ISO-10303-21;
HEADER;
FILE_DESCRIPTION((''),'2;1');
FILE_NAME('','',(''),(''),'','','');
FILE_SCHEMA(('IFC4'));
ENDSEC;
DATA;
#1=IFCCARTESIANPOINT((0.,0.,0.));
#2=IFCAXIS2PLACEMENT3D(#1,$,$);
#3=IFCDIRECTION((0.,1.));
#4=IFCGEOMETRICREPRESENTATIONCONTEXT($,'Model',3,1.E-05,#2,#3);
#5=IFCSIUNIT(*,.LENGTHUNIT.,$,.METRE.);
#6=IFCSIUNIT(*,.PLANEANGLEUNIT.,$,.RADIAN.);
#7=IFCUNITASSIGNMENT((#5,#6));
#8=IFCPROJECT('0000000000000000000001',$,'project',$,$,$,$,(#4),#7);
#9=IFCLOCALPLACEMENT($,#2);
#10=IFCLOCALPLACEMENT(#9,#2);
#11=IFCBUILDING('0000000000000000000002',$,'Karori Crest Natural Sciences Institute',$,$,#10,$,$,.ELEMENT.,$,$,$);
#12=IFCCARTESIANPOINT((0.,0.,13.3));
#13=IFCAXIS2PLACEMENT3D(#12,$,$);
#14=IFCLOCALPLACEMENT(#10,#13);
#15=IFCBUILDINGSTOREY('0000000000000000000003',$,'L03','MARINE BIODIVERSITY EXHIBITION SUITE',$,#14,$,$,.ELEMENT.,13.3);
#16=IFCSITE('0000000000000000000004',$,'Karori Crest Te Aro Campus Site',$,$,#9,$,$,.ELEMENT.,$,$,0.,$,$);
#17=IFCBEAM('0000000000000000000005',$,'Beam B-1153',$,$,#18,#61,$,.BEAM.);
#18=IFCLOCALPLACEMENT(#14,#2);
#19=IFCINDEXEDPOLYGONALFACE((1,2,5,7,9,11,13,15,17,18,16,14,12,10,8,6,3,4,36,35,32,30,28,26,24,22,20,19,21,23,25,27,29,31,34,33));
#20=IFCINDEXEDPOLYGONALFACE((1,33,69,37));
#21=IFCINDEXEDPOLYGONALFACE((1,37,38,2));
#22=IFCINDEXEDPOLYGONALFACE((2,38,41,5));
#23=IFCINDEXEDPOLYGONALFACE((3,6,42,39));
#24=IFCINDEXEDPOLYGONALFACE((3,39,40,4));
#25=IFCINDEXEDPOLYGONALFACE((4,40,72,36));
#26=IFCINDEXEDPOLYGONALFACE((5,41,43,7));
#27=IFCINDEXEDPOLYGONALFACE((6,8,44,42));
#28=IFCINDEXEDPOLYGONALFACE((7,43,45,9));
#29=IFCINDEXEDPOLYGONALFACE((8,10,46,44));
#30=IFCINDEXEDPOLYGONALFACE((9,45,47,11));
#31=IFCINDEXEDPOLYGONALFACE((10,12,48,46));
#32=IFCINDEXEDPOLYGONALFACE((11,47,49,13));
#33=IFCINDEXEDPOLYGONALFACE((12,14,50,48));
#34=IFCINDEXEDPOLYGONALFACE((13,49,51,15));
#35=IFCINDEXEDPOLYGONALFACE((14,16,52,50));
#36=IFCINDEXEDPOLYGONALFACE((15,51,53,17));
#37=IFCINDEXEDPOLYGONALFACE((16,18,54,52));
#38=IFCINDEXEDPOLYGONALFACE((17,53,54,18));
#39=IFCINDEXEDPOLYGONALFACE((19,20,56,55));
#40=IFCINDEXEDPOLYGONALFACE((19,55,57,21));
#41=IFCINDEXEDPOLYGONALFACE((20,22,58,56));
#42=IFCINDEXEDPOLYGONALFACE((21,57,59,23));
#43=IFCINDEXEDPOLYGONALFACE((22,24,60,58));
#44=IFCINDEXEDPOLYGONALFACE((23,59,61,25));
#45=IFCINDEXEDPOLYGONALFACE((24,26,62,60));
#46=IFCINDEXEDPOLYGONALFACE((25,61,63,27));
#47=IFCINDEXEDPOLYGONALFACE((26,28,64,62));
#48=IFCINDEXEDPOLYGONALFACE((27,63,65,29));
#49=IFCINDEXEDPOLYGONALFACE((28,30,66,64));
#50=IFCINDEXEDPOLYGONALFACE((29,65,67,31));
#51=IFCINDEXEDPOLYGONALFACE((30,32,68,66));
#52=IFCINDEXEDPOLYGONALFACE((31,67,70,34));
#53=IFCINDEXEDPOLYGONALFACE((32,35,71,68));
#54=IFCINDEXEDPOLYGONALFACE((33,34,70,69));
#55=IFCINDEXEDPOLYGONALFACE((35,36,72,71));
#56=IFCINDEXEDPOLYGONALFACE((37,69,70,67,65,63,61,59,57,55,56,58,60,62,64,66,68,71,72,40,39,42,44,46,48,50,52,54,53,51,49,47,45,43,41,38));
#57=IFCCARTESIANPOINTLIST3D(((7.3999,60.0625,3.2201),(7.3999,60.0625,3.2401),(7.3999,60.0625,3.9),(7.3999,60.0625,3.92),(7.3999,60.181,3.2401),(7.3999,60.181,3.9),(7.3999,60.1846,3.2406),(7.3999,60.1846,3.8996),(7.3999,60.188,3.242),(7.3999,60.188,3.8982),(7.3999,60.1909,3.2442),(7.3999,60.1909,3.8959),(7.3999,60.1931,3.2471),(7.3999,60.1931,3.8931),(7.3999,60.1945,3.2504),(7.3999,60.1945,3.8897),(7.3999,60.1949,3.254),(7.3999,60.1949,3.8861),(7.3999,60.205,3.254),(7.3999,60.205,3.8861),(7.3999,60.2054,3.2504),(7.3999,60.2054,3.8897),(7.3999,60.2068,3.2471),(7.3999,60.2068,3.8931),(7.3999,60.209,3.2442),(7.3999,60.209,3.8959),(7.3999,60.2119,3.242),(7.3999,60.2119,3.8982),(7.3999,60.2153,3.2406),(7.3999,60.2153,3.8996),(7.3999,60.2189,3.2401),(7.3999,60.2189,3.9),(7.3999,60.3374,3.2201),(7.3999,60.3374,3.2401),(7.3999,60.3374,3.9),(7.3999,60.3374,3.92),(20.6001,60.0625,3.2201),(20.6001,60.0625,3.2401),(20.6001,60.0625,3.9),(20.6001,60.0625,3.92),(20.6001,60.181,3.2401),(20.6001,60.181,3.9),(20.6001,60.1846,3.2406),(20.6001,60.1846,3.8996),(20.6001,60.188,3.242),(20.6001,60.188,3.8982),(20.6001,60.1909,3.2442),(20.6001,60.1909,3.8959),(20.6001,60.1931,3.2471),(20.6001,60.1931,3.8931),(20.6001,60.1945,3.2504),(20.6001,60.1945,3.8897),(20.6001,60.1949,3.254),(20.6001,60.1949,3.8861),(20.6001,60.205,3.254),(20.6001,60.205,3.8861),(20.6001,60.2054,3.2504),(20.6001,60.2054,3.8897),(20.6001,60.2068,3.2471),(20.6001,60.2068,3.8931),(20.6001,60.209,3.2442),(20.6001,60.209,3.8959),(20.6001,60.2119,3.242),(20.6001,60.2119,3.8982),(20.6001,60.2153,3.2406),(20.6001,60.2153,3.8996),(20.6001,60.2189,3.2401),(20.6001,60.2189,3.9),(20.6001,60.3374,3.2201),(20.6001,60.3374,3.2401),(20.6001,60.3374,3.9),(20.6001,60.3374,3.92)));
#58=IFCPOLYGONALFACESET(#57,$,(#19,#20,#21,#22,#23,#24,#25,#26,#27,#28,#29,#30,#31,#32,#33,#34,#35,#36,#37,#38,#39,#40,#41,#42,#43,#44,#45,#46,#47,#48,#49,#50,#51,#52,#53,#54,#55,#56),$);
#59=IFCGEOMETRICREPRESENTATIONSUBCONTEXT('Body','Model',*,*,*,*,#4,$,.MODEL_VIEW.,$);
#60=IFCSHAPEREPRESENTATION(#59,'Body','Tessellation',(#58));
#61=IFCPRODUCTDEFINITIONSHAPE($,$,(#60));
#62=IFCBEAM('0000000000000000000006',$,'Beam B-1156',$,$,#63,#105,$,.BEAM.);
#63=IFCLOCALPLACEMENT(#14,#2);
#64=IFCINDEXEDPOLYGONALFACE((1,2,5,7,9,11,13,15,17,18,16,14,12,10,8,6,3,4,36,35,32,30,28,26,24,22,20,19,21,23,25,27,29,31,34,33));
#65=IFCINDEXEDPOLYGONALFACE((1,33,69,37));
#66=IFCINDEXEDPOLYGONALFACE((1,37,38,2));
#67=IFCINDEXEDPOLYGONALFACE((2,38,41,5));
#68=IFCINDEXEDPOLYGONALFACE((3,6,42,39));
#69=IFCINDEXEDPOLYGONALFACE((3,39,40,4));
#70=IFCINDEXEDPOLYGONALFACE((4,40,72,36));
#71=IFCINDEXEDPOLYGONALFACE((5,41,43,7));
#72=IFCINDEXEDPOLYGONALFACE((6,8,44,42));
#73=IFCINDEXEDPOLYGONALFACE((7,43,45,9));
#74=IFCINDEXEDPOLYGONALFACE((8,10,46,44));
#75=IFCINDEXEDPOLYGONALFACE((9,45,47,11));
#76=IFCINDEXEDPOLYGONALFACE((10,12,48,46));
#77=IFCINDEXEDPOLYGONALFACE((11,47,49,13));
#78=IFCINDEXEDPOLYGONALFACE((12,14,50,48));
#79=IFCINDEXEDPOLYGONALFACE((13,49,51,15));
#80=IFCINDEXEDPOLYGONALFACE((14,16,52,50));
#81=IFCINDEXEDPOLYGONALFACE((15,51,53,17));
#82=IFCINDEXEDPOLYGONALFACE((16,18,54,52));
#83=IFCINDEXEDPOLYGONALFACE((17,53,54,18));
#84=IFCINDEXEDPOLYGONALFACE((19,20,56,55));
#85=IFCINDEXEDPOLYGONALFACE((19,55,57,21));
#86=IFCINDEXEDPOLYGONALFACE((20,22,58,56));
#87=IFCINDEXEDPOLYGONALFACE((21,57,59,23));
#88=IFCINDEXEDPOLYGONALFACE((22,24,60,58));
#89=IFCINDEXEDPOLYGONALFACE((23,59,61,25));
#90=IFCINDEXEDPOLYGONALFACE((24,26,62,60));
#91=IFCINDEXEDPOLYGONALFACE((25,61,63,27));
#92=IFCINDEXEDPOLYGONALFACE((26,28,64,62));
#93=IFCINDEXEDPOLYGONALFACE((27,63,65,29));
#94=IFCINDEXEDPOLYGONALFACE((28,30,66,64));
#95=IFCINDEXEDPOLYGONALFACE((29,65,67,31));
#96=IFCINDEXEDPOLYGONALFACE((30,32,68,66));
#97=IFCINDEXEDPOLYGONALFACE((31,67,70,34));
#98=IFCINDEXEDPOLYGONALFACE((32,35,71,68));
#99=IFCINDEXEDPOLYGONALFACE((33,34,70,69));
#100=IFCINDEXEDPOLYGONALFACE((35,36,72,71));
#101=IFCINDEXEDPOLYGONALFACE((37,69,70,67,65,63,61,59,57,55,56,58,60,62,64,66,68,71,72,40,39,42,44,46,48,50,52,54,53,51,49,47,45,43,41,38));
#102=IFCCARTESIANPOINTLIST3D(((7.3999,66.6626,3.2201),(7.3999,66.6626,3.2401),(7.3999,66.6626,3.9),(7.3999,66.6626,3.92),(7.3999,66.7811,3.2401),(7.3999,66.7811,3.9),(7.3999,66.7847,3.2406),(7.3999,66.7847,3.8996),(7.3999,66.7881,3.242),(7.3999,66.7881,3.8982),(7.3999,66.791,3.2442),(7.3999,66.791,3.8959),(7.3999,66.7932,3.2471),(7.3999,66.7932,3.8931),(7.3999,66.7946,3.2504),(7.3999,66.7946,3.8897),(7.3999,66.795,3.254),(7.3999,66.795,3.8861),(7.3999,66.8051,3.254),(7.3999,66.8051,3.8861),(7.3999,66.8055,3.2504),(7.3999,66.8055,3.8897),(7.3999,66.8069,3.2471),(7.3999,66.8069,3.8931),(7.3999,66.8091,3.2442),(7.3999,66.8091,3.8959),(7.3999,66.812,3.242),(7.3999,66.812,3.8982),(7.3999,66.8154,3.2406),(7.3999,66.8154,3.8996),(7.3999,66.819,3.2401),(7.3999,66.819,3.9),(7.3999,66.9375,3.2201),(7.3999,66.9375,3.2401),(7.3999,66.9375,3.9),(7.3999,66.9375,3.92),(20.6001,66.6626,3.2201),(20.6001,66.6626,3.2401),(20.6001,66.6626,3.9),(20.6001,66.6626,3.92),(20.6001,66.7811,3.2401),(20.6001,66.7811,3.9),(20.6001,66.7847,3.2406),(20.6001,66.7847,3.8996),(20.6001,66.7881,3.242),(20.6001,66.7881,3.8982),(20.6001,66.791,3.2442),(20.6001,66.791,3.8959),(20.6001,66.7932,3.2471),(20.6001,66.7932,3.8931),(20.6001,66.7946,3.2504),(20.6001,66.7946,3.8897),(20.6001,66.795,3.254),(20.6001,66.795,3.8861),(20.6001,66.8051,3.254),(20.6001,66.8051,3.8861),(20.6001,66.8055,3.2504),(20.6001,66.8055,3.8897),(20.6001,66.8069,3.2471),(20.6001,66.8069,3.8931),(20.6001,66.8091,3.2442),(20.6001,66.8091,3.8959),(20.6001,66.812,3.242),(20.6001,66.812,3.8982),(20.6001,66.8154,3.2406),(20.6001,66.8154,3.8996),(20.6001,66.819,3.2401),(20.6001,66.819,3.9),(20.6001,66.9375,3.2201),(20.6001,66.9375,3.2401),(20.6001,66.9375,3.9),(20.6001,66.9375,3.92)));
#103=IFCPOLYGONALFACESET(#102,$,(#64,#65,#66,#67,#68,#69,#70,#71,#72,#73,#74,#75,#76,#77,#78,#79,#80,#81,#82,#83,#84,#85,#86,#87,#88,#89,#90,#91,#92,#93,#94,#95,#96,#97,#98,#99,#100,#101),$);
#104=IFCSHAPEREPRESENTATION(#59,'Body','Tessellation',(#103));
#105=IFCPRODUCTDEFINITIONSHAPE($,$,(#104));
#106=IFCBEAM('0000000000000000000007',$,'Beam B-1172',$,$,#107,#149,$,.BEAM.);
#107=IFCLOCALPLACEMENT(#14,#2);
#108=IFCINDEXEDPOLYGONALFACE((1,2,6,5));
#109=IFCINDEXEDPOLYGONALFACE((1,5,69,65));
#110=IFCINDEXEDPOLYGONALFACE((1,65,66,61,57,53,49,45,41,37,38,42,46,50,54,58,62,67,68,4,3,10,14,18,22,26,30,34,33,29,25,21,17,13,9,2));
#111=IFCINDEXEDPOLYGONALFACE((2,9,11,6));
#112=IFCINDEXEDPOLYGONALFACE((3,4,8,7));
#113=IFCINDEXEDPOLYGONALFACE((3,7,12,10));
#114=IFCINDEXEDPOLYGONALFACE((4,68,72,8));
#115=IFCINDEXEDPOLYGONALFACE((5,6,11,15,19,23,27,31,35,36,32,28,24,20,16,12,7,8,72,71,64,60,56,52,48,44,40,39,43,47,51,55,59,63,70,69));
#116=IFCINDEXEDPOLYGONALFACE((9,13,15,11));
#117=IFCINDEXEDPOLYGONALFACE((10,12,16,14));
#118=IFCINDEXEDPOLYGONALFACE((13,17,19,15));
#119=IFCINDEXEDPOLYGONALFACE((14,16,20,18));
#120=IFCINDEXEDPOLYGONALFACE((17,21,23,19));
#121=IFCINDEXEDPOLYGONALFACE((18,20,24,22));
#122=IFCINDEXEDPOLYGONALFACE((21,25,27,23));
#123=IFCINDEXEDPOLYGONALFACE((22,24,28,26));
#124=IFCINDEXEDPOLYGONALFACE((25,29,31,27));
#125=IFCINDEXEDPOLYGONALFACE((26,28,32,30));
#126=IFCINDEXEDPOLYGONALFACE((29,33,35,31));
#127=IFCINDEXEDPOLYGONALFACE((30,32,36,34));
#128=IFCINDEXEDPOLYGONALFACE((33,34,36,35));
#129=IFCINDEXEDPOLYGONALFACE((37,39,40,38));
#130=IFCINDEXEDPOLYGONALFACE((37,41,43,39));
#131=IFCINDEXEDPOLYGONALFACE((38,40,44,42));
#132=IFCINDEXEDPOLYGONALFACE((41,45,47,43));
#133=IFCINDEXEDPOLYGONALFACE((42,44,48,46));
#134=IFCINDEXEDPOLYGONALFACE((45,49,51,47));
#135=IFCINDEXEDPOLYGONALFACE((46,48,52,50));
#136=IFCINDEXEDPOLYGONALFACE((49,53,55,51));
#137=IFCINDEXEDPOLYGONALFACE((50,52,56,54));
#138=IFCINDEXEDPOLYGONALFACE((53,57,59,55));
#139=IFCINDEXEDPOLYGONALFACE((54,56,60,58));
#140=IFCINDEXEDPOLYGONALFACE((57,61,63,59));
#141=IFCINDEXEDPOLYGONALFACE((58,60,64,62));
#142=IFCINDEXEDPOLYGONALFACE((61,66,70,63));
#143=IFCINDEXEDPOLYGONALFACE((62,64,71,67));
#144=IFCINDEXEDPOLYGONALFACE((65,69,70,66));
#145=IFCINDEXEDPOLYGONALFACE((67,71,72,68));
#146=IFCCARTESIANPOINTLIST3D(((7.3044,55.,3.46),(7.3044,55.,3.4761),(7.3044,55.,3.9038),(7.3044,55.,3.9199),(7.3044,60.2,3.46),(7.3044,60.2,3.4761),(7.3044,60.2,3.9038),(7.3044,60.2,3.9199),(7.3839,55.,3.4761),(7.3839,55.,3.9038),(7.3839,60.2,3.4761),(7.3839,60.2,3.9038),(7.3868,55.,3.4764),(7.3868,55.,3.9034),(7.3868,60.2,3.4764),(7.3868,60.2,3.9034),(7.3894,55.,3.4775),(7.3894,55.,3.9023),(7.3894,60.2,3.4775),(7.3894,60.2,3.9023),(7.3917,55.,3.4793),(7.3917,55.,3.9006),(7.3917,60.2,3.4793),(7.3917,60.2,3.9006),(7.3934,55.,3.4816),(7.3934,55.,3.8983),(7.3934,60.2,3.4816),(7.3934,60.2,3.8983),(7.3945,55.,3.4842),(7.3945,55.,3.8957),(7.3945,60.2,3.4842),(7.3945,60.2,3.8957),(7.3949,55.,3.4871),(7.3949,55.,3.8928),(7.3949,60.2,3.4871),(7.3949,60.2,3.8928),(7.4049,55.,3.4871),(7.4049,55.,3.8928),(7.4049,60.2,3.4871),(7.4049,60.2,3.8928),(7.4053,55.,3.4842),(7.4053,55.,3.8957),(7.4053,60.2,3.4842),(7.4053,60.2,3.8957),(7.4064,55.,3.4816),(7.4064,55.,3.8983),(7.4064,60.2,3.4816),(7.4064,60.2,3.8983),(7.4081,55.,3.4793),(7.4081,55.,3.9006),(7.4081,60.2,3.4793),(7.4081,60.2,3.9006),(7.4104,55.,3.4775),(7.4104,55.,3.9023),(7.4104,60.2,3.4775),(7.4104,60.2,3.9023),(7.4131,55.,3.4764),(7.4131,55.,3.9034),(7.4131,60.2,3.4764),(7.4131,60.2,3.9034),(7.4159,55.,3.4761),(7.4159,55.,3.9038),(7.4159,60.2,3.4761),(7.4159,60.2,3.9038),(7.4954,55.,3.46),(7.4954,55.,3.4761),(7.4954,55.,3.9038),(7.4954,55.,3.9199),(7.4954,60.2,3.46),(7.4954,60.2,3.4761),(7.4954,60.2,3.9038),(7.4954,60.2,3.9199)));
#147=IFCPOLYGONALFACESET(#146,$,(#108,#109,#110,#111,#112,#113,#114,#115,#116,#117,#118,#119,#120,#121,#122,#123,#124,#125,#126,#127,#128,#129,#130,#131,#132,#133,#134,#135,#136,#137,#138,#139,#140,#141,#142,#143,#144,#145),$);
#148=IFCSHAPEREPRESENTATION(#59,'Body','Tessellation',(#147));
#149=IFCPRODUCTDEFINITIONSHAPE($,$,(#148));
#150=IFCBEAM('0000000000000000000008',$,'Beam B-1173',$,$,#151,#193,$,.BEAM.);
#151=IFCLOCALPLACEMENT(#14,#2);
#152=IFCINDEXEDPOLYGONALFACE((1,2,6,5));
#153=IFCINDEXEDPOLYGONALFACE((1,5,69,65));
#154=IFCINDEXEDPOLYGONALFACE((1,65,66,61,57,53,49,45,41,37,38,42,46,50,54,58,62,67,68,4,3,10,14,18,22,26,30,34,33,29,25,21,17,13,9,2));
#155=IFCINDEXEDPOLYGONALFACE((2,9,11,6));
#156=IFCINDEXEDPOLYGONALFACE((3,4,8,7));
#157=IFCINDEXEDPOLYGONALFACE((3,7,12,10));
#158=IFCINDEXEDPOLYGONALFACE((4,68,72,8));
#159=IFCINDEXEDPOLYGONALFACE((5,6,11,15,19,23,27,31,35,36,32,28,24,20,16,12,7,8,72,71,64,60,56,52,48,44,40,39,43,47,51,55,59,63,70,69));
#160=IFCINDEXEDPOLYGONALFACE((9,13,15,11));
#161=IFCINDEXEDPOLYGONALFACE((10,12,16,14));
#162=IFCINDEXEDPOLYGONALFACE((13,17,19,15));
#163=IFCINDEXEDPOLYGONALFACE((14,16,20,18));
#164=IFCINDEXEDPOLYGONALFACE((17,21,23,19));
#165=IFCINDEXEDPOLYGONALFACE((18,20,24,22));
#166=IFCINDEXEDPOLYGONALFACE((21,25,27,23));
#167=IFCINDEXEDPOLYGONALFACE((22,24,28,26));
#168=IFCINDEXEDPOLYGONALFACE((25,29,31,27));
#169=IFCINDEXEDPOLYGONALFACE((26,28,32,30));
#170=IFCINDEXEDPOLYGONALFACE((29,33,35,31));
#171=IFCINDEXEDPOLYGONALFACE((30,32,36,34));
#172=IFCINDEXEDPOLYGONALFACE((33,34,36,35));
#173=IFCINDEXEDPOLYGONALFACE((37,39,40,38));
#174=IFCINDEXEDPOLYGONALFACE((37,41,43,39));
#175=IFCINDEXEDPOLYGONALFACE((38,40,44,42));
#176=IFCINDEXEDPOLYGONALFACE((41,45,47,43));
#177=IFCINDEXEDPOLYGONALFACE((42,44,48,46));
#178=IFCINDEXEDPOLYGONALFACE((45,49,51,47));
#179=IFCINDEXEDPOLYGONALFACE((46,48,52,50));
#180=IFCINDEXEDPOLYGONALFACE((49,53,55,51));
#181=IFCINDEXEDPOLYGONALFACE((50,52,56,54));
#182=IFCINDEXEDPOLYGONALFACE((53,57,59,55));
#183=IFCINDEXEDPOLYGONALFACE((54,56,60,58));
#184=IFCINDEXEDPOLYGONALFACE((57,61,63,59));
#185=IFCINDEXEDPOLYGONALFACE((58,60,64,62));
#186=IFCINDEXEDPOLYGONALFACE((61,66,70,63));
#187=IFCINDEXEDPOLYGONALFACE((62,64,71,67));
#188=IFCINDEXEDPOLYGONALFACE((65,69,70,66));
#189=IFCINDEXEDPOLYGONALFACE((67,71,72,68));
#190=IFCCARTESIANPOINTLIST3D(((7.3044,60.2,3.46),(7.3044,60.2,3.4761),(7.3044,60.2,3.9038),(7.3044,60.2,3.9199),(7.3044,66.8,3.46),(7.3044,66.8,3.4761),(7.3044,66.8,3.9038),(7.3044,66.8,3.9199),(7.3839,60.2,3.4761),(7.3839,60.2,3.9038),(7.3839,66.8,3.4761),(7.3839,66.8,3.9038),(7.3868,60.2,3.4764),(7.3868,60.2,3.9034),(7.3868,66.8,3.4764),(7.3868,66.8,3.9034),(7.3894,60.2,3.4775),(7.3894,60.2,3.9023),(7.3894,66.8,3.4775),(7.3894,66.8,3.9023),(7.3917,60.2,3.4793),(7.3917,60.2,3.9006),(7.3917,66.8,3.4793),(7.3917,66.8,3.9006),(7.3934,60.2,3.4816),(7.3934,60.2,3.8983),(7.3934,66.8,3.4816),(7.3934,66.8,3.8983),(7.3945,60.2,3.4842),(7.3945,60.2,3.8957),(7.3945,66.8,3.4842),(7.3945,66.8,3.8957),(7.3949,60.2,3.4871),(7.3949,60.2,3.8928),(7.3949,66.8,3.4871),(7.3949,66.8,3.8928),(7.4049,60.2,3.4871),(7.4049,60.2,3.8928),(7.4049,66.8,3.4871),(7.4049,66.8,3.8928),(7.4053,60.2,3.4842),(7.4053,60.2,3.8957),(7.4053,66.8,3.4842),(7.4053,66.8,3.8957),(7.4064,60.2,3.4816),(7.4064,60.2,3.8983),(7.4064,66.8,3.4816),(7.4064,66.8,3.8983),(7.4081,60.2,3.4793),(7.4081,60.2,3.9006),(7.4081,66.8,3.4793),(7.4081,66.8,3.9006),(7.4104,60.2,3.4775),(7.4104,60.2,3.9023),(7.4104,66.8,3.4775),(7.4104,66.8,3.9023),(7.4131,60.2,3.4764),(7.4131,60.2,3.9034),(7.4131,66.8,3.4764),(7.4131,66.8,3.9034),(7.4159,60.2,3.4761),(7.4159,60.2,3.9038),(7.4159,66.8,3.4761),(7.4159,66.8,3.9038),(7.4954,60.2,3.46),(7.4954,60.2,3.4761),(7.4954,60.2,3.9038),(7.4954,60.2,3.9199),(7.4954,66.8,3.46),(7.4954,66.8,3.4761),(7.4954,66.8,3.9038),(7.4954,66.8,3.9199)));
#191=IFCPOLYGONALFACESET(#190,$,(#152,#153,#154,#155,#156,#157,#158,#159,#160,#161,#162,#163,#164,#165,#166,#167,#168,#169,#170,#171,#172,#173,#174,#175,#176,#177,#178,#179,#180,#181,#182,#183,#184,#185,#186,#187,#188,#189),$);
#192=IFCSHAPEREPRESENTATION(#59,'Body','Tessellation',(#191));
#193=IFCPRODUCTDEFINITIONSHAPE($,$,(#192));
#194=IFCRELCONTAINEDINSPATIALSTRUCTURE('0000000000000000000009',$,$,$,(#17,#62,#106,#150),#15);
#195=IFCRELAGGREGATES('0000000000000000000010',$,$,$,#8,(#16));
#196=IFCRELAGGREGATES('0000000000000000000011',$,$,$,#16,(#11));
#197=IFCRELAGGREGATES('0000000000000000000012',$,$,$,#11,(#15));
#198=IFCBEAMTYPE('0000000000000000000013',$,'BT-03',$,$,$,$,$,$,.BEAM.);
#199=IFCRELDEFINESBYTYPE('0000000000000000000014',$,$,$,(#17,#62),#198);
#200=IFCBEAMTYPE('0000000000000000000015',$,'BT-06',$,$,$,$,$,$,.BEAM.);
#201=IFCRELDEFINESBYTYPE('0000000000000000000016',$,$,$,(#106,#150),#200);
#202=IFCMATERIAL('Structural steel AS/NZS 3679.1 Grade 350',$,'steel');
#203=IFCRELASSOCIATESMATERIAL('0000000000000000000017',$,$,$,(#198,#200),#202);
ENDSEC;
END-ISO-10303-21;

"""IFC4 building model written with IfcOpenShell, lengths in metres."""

from ifc_helpers import new_model, si_unit, direction, frame, origin, origin_2d, place, context, subcontext, project, spatial, i_section, extrude, material, material_profile, profile_set, type_object, element, save


model = new_model("IFC4")

# Units and contexts
model_context = context("Model", 3, precision=1e-05, world=origin(), true_north=direction((0.0, 1.0)))
body_context = subcontext(model_context, "Body", "Model", "MODEL_VIEW")
ifc_project = project(units=[si_unit("LENGTHUNIT", "METRE"), si_unit("PLANEANGLEUNIT", "RADIAN")], contexts=[model_context])

# Site, building, storey
site_placement = place(None, origin())
site = spatial("IfcSite", under=ifc_project, at=site_placement, Name="Karori Crest Te Aro Campus Site", CompositionType="ELEMENT", RefElevation=0.0)
building_placement = place(site_placement, origin())
building = spatial("IfcBuilding", under=site, at=building_placement, Name="Karori Crest Natural Sciences Institute", CompositionType="ELEMENT")
storey_placement = place(building_placement, frame((0.0, 0.0, 13.3)))
storey = spatial("IfcBuildingStorey", under=building, at=storey_placement, Name="L03", Description="MARINE BIODIVERSITY EXHIBITION SUITE", CompositionType="ELEMENT", Elevation=13.3)

# Shared definitions
ifc_material_1 = material(Name="Structural steel AS/NZS 3679.1 Grade 350", Category="steel")

# Beams
ifc_material_profile_1 = material_profile(ifc_material_1, i_section(OverallWidth=0.2749, OverallDepth=0.7, WebThickness=0.01, FlangeThickness=0.02, FilletRadius=0.0139, at=origin_2d()), Name="700WB150")
ifc_profile_set_1 = profile_set([ifc_material_profile_1], Name="Structural steel AS/NZS 3679.1 Grade 350")
beam_type_1 = type_object("IfcBeamType", Name="BT-03", PredefinedType="BEAM", material=ifc_profile_set_1)
for number, where, z_axis, x_axis, name in (
    (1, (7.3999, 60.2, 3.5701), (1.0, 0.0, 0.0), (0.0, 1.0, 0.0), "Beam B-1153"),
    (2, (7.3999, 66.8, 3.5701), (1.0, 0.0, 0.0), (0.0, 1.0, 0.0), "Beam B-1156"),
):
    element("IfcBeam", number, at=place(storey_placement, frame(where, z_axis=z_axis, x_axis=x_axis)), inside=storey, type_object=beam_type_1, Name=name, PredefinedType="BEAM", context=body_context, shape_type="SweptSolid", body=[
        extrude(i_section(OverallWidth=0.2749, OverallDepth=0.7, WebThickness=0.01, FlangeThickness=0.02, FilletRadius=0.0139, at=origin_2d()), origin(), (0.0, 0.0, 1.0), 13.2002),
    ])
ifc_material_profile_2 = material_profile(ifc_material_1, i_section(OverallWidth=0.1909, OverallDepth=0.46, WebThickness=0.01, FlangeThickness=0.0161, FilletRadius=0.011, at=origin_2d()), Name="460UB82.1")
ifc_profile_set_2 = profile_set([ifc_material_profile_2], Name="Structural steel AS/NZS 3679.1 Grade 350")
beam_type_2 = type_object("IfcBeamType", Name="BT-06", PredefinedType="BEAM", material=ifc_profile_set_2)
beam_1_placement = place(storey_placement, frame((7.3999, 55.0, 3.6899), z_axis=(0.0, 1.0, 0.0), x_axis=(-1.0, 0.0, 0.0)))
element("IfcBeam", 3, at=beam_1_placement, inside=storey, type_object=beam_type_2, Name="Beam B-1172", PredefinedType="BEAM", context=body_context, shape_type="SweptSolid", body=[
    extrude(i_section(OverallWidth=0.1909, OverallDepth=0.46, WebThickness=0.01, FlangeThickness=0.0161, FilletRadius=0.011, at=origin_2d()), origin(), (0.0, 0.0, 1.0), 5.2),
])
beam_2_placement = place(storey_placement, frame((7.3999, 60.2, 3.6899), z_axis=(0.0, 1.0, 0.0), x_axis=(-1.0, 0.0, 0.0)))
element("IfcBeam", 4, at=beam_2_placement, inside=storey, type_object=beam_type_2, Name="Beam B-1173", PredefinedType="BEAM", context=body_context, shape_type="SweptSolid", body=[
    extrude(i_section(OverallWidth=0.1909, OverallDepth=0.46, WebThickness=0.01, FlangeThickness=0.0161, FilletRadius=0.011, at=origin_2d()), origin(), (0.0, 0.0, 1.0), 6.6001),
])

save(model, "model.ifc")
